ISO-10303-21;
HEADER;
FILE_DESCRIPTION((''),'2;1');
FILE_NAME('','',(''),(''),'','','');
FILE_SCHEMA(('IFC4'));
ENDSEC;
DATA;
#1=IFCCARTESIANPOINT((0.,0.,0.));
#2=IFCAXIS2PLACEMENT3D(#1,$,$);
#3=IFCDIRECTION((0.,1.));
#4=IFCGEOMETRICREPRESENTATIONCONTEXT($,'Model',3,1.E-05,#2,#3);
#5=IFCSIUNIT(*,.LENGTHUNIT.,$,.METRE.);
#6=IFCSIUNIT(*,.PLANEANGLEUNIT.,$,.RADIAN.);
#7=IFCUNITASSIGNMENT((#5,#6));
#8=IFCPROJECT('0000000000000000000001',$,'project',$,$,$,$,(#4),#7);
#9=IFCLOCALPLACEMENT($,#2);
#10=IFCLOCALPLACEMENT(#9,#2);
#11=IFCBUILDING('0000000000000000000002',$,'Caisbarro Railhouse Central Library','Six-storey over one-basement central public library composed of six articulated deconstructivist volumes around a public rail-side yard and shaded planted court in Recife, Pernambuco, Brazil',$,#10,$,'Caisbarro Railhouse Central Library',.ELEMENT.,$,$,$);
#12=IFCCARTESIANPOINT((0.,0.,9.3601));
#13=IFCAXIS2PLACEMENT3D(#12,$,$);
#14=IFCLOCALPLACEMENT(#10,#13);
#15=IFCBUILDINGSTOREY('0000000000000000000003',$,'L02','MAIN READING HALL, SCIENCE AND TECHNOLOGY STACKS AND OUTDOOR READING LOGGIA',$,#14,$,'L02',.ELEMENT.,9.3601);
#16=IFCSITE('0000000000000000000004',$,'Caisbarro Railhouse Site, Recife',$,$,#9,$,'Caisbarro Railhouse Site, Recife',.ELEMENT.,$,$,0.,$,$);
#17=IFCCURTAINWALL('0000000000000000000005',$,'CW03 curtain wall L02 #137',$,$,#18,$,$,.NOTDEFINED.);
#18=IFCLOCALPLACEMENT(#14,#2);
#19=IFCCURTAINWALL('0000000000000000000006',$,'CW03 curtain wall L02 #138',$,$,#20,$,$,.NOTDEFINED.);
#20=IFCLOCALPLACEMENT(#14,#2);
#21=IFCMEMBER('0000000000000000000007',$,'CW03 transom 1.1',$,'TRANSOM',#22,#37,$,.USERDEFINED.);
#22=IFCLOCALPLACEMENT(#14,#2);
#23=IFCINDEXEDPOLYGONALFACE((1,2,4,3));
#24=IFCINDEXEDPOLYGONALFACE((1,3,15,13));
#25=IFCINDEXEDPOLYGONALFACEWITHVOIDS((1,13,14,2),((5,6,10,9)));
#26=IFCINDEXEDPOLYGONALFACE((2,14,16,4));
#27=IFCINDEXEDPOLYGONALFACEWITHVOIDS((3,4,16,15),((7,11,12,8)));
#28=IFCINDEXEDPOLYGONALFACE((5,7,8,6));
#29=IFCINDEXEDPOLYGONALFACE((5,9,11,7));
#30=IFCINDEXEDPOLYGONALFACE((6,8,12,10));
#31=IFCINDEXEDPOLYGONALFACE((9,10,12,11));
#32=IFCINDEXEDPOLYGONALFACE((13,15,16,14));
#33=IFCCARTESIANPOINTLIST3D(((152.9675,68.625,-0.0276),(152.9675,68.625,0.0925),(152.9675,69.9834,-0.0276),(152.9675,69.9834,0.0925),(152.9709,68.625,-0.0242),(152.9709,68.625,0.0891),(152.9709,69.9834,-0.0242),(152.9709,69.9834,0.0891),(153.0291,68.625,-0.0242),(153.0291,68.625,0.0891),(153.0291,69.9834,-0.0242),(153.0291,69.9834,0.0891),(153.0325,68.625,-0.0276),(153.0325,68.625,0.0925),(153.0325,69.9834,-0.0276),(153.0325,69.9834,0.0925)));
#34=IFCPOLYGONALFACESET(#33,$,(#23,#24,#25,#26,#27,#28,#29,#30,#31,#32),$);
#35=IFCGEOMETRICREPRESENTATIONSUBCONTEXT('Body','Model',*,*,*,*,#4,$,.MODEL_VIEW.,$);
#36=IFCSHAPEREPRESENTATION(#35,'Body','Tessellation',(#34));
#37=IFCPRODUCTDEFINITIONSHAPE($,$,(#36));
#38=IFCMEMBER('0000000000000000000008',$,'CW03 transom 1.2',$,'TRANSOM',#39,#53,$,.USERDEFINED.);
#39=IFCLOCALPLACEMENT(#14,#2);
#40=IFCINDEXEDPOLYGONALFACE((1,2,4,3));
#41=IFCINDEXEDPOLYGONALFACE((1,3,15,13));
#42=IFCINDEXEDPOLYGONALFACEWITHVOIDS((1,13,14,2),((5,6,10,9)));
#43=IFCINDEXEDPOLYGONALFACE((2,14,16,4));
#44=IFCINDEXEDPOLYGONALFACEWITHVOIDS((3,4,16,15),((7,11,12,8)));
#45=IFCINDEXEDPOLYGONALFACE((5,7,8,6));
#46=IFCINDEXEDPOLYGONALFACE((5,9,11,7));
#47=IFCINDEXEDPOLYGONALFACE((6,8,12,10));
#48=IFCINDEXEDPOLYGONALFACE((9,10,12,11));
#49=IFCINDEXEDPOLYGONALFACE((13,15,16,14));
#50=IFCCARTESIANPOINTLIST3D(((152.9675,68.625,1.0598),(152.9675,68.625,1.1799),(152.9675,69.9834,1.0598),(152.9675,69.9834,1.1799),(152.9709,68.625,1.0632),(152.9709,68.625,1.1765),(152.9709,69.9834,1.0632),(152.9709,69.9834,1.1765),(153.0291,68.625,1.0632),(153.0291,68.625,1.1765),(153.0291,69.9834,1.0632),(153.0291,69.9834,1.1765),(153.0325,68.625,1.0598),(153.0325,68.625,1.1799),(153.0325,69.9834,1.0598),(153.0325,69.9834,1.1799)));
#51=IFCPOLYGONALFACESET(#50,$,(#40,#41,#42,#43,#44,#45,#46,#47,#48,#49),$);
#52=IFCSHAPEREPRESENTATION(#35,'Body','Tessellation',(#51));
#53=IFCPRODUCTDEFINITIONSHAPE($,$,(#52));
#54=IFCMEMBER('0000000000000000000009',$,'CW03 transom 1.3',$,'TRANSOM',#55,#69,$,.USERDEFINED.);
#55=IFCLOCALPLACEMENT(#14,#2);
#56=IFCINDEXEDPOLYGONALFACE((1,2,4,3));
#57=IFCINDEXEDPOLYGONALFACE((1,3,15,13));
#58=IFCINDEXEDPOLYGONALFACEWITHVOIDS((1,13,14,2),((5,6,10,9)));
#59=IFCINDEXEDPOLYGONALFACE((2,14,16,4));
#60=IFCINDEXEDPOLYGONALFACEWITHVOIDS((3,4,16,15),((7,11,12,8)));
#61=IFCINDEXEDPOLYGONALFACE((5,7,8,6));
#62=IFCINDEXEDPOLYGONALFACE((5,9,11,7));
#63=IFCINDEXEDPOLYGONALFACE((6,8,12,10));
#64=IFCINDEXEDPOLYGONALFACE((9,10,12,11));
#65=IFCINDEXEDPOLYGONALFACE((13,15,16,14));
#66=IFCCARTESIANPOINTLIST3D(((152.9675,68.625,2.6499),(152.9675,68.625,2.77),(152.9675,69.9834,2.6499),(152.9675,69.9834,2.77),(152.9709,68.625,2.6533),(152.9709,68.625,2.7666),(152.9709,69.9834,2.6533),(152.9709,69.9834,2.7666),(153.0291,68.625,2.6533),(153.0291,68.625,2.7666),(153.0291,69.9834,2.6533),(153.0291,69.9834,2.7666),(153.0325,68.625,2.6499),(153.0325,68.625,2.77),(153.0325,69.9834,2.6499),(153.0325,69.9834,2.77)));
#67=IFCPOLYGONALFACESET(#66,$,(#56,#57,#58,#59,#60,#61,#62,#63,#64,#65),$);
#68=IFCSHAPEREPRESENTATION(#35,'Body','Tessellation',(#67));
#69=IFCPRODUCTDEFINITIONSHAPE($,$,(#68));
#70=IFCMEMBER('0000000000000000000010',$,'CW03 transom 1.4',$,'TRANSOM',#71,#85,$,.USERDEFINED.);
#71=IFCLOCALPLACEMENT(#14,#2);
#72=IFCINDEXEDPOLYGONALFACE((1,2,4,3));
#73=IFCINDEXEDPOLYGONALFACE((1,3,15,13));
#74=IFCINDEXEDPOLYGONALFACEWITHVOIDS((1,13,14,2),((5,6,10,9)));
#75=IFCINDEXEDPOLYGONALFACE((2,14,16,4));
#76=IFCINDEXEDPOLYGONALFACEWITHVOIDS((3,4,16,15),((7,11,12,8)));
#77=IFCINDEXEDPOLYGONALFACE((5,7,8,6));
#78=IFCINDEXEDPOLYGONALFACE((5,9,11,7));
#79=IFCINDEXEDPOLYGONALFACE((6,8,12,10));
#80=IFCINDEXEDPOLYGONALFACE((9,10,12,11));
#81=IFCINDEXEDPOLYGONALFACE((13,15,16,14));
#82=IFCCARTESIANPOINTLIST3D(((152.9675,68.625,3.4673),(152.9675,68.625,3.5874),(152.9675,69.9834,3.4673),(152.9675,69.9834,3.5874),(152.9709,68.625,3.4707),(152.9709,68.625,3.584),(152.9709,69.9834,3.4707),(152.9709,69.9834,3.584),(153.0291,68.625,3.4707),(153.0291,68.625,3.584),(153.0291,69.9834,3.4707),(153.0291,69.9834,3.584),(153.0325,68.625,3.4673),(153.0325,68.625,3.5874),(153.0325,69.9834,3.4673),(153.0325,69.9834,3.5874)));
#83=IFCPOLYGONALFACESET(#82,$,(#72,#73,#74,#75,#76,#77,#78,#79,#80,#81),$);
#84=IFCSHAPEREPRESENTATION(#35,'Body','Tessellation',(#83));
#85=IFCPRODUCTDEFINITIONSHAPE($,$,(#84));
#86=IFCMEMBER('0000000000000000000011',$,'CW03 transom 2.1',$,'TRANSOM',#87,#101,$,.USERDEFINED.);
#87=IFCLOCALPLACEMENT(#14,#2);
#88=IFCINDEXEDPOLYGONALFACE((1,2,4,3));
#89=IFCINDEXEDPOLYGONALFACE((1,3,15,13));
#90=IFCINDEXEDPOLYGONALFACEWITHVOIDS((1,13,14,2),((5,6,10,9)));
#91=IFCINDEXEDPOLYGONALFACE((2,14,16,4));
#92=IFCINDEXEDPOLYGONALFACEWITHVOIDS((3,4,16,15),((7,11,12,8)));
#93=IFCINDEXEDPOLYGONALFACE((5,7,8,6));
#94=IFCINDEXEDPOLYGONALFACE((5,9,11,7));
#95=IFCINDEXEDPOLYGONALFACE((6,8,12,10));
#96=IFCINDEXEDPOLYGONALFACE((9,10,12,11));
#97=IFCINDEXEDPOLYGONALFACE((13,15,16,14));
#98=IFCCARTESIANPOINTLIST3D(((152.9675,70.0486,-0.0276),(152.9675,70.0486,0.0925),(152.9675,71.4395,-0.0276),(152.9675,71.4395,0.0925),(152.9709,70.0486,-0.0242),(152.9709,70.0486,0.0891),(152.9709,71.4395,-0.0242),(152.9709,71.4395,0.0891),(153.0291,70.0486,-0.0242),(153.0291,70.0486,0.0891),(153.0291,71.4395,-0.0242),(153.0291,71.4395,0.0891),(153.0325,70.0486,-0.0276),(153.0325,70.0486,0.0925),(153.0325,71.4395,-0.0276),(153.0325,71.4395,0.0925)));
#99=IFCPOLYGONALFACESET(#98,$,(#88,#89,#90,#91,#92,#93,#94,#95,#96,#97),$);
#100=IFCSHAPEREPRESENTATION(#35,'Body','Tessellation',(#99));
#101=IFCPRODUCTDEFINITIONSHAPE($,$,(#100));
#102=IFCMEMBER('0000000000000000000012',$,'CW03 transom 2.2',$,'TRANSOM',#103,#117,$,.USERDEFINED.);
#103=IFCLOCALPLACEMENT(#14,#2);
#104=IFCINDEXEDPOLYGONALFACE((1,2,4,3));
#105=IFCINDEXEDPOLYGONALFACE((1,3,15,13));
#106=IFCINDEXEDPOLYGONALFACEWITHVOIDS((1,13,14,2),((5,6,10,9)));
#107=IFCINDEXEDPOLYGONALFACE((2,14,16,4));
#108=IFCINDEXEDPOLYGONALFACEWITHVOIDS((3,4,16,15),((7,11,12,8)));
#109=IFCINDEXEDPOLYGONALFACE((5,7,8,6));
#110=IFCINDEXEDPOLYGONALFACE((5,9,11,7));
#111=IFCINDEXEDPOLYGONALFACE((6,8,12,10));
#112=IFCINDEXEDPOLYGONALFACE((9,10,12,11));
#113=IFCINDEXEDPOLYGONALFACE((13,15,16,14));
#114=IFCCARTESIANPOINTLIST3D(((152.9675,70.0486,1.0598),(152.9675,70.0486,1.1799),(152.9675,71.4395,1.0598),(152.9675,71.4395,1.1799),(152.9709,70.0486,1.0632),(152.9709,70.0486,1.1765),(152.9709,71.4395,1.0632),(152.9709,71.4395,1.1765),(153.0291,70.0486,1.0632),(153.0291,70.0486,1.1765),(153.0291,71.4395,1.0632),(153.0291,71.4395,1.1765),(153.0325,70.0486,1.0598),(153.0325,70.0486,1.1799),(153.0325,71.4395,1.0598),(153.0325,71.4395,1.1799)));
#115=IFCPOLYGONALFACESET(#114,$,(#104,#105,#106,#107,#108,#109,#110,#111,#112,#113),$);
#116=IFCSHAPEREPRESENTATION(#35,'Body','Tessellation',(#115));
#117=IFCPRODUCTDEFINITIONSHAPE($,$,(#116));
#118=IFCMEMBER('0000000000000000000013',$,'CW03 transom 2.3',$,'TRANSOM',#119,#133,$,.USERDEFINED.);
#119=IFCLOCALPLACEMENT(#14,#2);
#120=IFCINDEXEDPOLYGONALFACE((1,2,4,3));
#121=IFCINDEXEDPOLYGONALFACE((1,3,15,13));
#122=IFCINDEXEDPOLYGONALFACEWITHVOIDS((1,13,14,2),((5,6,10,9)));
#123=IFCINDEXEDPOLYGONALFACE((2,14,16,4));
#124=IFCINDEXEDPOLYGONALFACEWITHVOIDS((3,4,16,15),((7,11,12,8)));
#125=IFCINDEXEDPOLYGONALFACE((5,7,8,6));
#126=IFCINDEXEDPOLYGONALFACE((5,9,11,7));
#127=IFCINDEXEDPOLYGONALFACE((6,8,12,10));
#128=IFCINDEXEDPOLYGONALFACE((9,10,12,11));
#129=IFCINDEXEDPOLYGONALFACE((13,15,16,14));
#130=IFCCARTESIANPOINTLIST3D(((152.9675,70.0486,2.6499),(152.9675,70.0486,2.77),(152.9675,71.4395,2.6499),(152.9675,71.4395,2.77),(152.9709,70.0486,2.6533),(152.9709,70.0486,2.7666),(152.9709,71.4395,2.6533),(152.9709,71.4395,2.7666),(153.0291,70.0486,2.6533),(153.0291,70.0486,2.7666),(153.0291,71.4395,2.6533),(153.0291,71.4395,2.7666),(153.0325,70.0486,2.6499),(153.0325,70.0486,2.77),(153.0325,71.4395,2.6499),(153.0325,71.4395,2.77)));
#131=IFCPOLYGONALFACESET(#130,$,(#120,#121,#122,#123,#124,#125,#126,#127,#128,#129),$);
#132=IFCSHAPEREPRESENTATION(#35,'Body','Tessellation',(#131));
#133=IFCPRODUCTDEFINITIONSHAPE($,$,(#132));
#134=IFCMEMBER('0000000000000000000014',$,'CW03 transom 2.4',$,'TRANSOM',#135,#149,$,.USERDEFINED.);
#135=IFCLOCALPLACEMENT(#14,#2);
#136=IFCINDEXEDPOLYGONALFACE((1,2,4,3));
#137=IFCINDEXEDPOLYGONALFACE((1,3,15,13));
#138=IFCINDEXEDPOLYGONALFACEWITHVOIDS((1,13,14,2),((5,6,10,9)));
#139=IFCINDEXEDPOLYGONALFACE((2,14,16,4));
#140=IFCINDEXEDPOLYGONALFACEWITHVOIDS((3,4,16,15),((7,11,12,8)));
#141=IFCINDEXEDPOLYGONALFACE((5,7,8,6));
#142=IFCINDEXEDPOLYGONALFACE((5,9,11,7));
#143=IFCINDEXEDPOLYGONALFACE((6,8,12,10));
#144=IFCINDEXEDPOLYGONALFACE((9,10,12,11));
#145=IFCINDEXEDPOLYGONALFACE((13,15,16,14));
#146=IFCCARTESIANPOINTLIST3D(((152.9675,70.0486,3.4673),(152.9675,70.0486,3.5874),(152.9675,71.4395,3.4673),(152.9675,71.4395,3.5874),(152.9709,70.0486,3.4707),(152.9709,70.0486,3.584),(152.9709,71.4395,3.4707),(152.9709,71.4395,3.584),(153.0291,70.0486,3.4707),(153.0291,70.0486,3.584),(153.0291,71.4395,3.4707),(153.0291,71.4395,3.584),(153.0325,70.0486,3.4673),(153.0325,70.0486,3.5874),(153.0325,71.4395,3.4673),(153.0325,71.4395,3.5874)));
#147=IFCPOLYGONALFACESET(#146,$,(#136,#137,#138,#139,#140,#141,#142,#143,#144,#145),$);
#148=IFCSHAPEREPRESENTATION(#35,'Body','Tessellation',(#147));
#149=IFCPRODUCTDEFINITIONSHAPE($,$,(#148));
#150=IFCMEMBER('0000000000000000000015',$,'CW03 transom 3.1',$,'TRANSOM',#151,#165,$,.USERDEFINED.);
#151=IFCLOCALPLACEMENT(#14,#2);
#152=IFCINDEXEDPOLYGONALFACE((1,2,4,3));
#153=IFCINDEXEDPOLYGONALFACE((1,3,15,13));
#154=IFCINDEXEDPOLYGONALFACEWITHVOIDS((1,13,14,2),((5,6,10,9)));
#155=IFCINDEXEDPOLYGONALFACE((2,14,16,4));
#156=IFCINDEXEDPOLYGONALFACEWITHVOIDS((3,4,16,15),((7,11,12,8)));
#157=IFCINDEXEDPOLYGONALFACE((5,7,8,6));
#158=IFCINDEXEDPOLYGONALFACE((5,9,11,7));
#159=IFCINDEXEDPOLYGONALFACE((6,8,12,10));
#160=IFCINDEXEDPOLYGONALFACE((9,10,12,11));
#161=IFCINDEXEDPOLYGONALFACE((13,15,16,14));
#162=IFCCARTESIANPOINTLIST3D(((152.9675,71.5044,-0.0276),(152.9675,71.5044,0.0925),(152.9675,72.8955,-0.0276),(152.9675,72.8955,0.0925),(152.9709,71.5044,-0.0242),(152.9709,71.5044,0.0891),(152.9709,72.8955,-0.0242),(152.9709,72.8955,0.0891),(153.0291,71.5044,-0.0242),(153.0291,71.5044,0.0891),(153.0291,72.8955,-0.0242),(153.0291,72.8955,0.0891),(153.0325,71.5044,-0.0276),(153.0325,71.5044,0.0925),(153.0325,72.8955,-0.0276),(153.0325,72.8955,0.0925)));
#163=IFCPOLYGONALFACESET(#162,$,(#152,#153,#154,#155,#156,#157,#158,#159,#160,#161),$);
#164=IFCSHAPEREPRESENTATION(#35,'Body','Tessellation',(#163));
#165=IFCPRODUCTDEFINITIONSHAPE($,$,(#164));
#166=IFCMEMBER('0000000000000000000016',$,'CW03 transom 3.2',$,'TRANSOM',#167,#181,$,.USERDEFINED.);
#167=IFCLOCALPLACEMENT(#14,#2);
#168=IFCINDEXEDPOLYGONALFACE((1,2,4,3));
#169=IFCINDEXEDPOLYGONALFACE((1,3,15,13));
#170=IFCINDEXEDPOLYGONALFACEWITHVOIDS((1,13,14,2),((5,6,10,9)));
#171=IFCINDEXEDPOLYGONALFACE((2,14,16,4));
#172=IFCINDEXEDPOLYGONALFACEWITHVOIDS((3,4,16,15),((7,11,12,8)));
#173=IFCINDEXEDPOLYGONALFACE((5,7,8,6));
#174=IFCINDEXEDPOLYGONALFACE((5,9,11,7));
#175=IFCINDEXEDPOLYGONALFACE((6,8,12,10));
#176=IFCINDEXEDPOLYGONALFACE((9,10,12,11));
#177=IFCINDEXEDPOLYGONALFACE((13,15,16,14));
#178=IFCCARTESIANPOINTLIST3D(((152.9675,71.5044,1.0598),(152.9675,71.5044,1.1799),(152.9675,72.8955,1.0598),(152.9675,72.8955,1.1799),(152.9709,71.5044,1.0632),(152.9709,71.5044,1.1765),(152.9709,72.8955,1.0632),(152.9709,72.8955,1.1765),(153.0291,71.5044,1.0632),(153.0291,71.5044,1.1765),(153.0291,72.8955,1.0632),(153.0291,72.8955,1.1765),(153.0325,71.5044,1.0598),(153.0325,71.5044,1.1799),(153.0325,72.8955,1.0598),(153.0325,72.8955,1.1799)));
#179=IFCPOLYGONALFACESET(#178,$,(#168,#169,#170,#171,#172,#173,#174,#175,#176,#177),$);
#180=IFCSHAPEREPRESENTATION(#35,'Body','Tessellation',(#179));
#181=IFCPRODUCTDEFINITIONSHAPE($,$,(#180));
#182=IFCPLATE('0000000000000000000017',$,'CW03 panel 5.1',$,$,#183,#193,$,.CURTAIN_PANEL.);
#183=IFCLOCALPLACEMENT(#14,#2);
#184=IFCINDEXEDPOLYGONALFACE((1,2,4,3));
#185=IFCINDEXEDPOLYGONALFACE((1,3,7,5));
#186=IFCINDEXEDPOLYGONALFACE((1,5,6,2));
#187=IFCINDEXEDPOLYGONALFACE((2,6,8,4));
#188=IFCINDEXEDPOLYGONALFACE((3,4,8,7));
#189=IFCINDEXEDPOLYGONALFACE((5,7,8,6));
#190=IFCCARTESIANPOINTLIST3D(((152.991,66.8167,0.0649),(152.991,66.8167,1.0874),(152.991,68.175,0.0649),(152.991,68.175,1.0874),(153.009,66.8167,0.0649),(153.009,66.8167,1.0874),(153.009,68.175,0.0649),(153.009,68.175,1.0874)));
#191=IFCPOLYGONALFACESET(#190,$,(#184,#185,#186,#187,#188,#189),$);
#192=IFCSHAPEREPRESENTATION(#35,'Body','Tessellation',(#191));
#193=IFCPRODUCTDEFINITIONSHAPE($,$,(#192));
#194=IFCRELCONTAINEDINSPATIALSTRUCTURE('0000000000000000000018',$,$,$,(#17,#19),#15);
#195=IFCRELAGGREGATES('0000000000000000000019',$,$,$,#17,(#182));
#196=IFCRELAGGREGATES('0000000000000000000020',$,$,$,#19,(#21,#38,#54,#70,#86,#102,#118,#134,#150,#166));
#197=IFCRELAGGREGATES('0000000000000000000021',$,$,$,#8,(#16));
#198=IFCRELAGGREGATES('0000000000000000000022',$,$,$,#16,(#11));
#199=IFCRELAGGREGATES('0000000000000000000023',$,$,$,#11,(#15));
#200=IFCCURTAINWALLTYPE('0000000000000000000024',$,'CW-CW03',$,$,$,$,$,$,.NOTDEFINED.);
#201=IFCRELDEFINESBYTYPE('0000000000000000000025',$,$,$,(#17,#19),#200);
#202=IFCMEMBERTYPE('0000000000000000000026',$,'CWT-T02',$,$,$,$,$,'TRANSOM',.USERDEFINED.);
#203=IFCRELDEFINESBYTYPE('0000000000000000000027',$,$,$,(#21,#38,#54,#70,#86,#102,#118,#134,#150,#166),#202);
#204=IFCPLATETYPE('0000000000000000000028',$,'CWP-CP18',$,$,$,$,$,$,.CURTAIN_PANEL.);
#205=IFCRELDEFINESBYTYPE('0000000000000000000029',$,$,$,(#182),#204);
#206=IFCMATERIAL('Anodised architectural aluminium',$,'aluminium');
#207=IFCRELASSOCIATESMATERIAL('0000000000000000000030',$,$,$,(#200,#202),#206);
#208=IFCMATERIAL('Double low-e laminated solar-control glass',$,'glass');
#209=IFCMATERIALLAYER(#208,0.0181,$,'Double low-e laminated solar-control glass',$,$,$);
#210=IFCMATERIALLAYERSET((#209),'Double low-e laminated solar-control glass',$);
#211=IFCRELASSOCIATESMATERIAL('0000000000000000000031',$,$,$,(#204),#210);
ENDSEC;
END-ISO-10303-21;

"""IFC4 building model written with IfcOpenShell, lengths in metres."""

from ifc_helpers import new_model, si_unit, direction, frame, origin, origin_2d, place, context, subcontext, project, spatial, rectangle, hollow_rectangle, extrude, material, layer, layer_set, material_profile, profile_set, type_object, element, aggregate, save


model = new_model("IFC4")

# Units and contexts
model_context = context("Model", 3, precision=1e-05, world=origin(), true_north=direction((0.0, 1.0)))
body_context = subcontext(model_context, "Body", "Model", "MODEL_VIEW")
ifc_project = project(units=[si_unit("LENGTHUNIT", "METRE"), si_unit("PLANEANGLEUNIT", "RADIAN")], contexts=[model_context])

# Site, building, storey
site_placement = place(None, origin())
site = spatial("IfcSite", under=ifc_project, at=site_placement, Name="Caisbarro Railhouse Site, Recife", LongName="Caisbarro Railhouse Site, Recife", CompositionType="ELEMENT", RefElevation=0.0)
building_placement = place(site_placement, origin())
building = spatial("IfcBuilding", under=site, at=building_placement, Name="Caisbarro Railhouse Central Library", Description="Six-storey over one-basement central public library composed of six articulated deconstructivist volumes around a public rail-side yard and shaded planted court in Recife, Pernambuco, Brazil", LongName="Caisbarro Railhouse Central Library", CompositionType="ELEMENT")
storey_placement = place(building_placement, frame((0.0, 0.0, 9.3601)))
storey = spatial("IfcBuildingStorey", under=building, at=storey_placement, Name="L02", Description="MAIN READING HALL, SCIENCE AND TECHNOLOGY STACKS AND OUTDOOR READING LOGGIA", LongName="L02", CompositionType="ELEMENT", Elevation=9.3601)

# Curtain wall
ifc_material_1 = material(Name="Anodised architectural aluminium", Category="aluminium")
curtain_wall_type = type_object("IfcCurtainWallType", Name="CW-CW03", PredefinedType="NOTDEFINED", material=ifc_material_1)
curtain_wall_1_placement = place(storey_placement, origin())
curtain_wall_1 = element("IfcCurtainWall", 1, at=curtain_wall_1_placement, inside=storey, type_object=curtain_wall_type, Name="CW03 curtain wall L02 #137", PredefinedType="NOTDEFINED")

# Curtain wall
curtain_wall_2_placement = place(storey_placement, origin())
curtain_wall_2 = element("IfcCurtainWall", 2, at=curtain_wall_2_placement, inside=storey, type_object=curtain_wall_type, Name="CW03 curtain wall L02 #138", PredefinedType="NOTDEFINED")

# Members
ifc_material_profile_1 = material_profile(ifc_material_1, hollow_rectangle(XDim=0.0649, YDim=0.1201, WallThickness=0.0034, at=origin_2d()), Name="ALU-TRN-65X120")
ifc_profile_set_1 = profile_set([ifc_material_profile_1], Name="Anodised architectural aluminium")
member_type_1 = type_object("IfcMemberType", Name="CWT-T02", ElementType="TRANSOM", PredefinedType="USERDEFINED", material=ifc_profile_set_1)
member_1_placement = place(storey_placement, frame((153.0, 68.625, 0.0325), z_axis=(0.0, 1.0, 0.0), x_axis=(-1.0, 0.0, 0.0)))
member_1 = element("IfcMember", 3, at=member_1_placement, type_object=member_type_1, Name="CW03 transom 1.1", ObjectType="TRANSOM", PredefinedType="USERDEFINED", context=body_context, shape_type="SweptSolid", body=[
    extrude(hollow_rectangle(XDim=0.0649, YDim=0.1201, WallThickness=0.0034, at=origin_2d()), origin(), (0.0, 0.0, 1.0), 1.3584),
])
member_2_placement = place(storey_placement, frame((153.0, 68.625, 1.1199), z_axis=(0.0, 1.0, 0.0), x_axis=(-1.0, 0.0, 0.0)))
member_2 = element("IfcMember", 4, at=member_2_placement, type_object=member_type_1, Name="CW03 transom 1.2", ObjectType="TRANSOM", PredefinedType="USERDEFINED", context=body_context, shape_type="SweptSolid", body=[
    extrude(hollow_rectangle(XDim=0.0649, YDim=0.1201, WallThickness=0.0034, at=origin_2d()), origin(), (0.0, 0.0, 1.0), 1.3584),
])
member_3_placement = place(storey_placement, frame((153.0, 68.625, 2.71), z_axis=(0.0, 1.0, 0.0), x_axis=(-1.0, 0.0, 0.0)))
member_3 = element("IfcMember", 5, at=member_3_placement, type_object=member_type_1, Name="CW03 transom 1.3", ObjectType="TRANSOM", PredefinedType="USERDEFINED", context=body_context, shape_type="SweptSolid", body=[
    extrude(hollow_rectangle(XDim=0.0649, YDim=0.1201, WallThickness=0.0034, at=origin_2d()), origin(), (0.0, 0.0, 1.0), 1.3584),
])
member_4_placement = place(storey_placement, frame((153.0, 68.625, 3.5273), z_axis=(0.0, 1.0, 0.0), x_axis=(-1.0, 0.0, 0.0)))
member_4 = element("IfcMember", 6, at=member_4_placement, type_object=member_type_1, Name="CW03 transom 1.4", ObjectType="TRANSOM", PredefinedType="USERDEFINED", context=body_context, shape_type="SweptSolid", body=[
    extrude(hollow_rectangle(XDim=0.0649, YDim=0.1201, WallThickness=0.0034, at=origin_2d()), origin(), (0.0, 0.0, 1.0), 1.3584),
])
member_5_placement = place(storey_placement, frame((153.0, 70.0486, 0.0325), z_axis=(0.0, 1.0, 0.0), x_axis=(-1.0, 0.0, 0.0)))
member_5 = element("IfcMember", 7, at=member_5_placement, type_object=member_type_1, Name="CW03 transom 2.1", ObjectType="TRANSOM", PredefinedType="USERDEFINED", context=body_context, shape_type="SweptSolid", body=[
    extrude(hollow_rectangle(XDim=0.0649, YDim=0.1201, WallThickness=0.0034, at=origin_2d()), origin(), (0.0, 0.0, 1.0), 1.3909),
])
member_6_placement = place(storey_placement, frame((153.0, 70.0486, 1.1199), z_axis=(0.0, 1.0, 0.0), x_axis=(-1.0, 0.0, 0.0)))
member_6 = element("IfcMember", 8, at=member_6_placement, type_object=member_type_1, Name="CW03 transom 2.2", ObjectType="TRANSOM", PredefinedType="USERDEFINED", context=body_context, shape_type="SweptSolid", body=[
    extrude(hollow_rectangle(XDim=0.0649, YDim=0.1201, WallThickness=0.0034, at=origin_2d()), origin(), (0.0, 0.0, 1.0), 1.3909),
])
member_7_placement = place(storey_placement, frame((153.0, 70.0486, 2.71), z_axis=(0.0, 1.0, 0.0), x_axis=(-1.0, 0.0, 0.0)))
member_7 = element("IfcMember", 9, at=member_7_placement, type_object=member_type_1, Name="CW03 transom 2.3", ObjectType="TRANSOM", PredefinedType="USERDEFINED", context=body_context, shape_type="SweptSolid", body=[
    extrude(hollow_rectangle(XDim=0.0649, YDim=0.1201, WallThickness=0.0034, at=origin_2d()), origin(), (0.0, 0.0, 1.0), 1.3909),
])
member_8_placement = place(storey_placement, frame((153.0, 70.0486, 3.5273), z_axis=(0.0, 1.0, 0.0), x_axis=(-1.0, 0.0, 0.0)))
member_8 = element("IfcMember", 10, at=member_8_placement, type_object=member_type_1, Name="CW03 transom 2.4", ObjectType="TRANSOM", PredefinedType="USERDEFINED", context=body_context, shape_type="SweptSolid", body=[
    extrude(hollow_rectangle(XDim=0.0649, YDim=0.1201, WallThickness=0.0034, at=origin_2d()), origin(), (0.0, 0.0, 1.0), 1.3909),
])
member_9_placement = place(storey_placement, frame((153.0, 71.5044, 0.0325), z_axis=(0.0, 1.0, 0.0), x_axis=(-1.0, 0.0, 0.0)))
member_9 = element("IfcMember", 11, at=member_9_placement, type_object=member_type_1, Name="CW03 transom 3.1", ObjectType="TRANSOM", PredefinedType="USERDEFINED", context=body_context, shape_type="SweptSolid", body=[
    extrude(hollow_rectangle(XDim=0.0649, YDim=0.1201, WallThickness=0.0034, at=origin_2d()), origin(), (0.0, 0.0, 1.0), 1.3911),
])
member_10_placement = place(storey_placement, frame((153.0, 71.5044, 1.1199), z_axis=(0.0, 1.0, 0.0), x_axis=(-1.0, 0.0, 0.0)))
member_10 = element("IfcMember", 12, at=member_10_placement, type_object=member_type_1, Name="CW03 transom 3.2", ObjectType="TRANSOM", PredefinedType="USERDEFINED", context=body_context, shape_type="SweptSolid", body=[
    extrude(hollow_rectangle(XDim=0.0649, YDim=0.1201, WallThickness=0.0034, at=origin_2d()), origin(), (0.0, 0.0, 1.0), 1.3911),
])

# Plate
ifc_material_2 = material(Name="Double low-e laminated solar-control glass", Category="glass")
ifc_layer_1 = layer(ifc_material_2, 0.0181, Name="Double low-e laminated solar-control glass")
ifc_layer_set_1 = layer_set([ifc_layer_1], Name="Double low-e laminated solar-control glass")
plate_type_1 = type_object("IfcPlateType", Name="CWP-CP18", PredefinedType="CURTAIN_PANEL", material=ifc_layer_set_1)
plate_1_placement = place(storey_placement, frame((153.0, 67.4958, 0.0649), z_axis=(0.0, 0.0, 1.0), x_axis=(0.0, 1.0, 0.0)))
plate_1 = element("IfcPlate", 13, at=plate_1_placement, type_object=plate_type_1, Name="CW03 panel 5.1", PredefinedType="CURTAIN_PANEL", context=body_context, shape_type="SweptSolid", body=[
    extrude(rectangle(XDim=1.3584, YDim=0.0181, at=origin_2d()), origin(), (0.0, 0.0, 1.0), 1.0225),
])
aggregate(curtain_wall_1, [plate_1])
aggregate(curtain_wall_2, [member_1, member_2, member_3, member_4, member_5, member_6, member_7, member_8, member_9, member_10])

save(model, "model.ifc")
